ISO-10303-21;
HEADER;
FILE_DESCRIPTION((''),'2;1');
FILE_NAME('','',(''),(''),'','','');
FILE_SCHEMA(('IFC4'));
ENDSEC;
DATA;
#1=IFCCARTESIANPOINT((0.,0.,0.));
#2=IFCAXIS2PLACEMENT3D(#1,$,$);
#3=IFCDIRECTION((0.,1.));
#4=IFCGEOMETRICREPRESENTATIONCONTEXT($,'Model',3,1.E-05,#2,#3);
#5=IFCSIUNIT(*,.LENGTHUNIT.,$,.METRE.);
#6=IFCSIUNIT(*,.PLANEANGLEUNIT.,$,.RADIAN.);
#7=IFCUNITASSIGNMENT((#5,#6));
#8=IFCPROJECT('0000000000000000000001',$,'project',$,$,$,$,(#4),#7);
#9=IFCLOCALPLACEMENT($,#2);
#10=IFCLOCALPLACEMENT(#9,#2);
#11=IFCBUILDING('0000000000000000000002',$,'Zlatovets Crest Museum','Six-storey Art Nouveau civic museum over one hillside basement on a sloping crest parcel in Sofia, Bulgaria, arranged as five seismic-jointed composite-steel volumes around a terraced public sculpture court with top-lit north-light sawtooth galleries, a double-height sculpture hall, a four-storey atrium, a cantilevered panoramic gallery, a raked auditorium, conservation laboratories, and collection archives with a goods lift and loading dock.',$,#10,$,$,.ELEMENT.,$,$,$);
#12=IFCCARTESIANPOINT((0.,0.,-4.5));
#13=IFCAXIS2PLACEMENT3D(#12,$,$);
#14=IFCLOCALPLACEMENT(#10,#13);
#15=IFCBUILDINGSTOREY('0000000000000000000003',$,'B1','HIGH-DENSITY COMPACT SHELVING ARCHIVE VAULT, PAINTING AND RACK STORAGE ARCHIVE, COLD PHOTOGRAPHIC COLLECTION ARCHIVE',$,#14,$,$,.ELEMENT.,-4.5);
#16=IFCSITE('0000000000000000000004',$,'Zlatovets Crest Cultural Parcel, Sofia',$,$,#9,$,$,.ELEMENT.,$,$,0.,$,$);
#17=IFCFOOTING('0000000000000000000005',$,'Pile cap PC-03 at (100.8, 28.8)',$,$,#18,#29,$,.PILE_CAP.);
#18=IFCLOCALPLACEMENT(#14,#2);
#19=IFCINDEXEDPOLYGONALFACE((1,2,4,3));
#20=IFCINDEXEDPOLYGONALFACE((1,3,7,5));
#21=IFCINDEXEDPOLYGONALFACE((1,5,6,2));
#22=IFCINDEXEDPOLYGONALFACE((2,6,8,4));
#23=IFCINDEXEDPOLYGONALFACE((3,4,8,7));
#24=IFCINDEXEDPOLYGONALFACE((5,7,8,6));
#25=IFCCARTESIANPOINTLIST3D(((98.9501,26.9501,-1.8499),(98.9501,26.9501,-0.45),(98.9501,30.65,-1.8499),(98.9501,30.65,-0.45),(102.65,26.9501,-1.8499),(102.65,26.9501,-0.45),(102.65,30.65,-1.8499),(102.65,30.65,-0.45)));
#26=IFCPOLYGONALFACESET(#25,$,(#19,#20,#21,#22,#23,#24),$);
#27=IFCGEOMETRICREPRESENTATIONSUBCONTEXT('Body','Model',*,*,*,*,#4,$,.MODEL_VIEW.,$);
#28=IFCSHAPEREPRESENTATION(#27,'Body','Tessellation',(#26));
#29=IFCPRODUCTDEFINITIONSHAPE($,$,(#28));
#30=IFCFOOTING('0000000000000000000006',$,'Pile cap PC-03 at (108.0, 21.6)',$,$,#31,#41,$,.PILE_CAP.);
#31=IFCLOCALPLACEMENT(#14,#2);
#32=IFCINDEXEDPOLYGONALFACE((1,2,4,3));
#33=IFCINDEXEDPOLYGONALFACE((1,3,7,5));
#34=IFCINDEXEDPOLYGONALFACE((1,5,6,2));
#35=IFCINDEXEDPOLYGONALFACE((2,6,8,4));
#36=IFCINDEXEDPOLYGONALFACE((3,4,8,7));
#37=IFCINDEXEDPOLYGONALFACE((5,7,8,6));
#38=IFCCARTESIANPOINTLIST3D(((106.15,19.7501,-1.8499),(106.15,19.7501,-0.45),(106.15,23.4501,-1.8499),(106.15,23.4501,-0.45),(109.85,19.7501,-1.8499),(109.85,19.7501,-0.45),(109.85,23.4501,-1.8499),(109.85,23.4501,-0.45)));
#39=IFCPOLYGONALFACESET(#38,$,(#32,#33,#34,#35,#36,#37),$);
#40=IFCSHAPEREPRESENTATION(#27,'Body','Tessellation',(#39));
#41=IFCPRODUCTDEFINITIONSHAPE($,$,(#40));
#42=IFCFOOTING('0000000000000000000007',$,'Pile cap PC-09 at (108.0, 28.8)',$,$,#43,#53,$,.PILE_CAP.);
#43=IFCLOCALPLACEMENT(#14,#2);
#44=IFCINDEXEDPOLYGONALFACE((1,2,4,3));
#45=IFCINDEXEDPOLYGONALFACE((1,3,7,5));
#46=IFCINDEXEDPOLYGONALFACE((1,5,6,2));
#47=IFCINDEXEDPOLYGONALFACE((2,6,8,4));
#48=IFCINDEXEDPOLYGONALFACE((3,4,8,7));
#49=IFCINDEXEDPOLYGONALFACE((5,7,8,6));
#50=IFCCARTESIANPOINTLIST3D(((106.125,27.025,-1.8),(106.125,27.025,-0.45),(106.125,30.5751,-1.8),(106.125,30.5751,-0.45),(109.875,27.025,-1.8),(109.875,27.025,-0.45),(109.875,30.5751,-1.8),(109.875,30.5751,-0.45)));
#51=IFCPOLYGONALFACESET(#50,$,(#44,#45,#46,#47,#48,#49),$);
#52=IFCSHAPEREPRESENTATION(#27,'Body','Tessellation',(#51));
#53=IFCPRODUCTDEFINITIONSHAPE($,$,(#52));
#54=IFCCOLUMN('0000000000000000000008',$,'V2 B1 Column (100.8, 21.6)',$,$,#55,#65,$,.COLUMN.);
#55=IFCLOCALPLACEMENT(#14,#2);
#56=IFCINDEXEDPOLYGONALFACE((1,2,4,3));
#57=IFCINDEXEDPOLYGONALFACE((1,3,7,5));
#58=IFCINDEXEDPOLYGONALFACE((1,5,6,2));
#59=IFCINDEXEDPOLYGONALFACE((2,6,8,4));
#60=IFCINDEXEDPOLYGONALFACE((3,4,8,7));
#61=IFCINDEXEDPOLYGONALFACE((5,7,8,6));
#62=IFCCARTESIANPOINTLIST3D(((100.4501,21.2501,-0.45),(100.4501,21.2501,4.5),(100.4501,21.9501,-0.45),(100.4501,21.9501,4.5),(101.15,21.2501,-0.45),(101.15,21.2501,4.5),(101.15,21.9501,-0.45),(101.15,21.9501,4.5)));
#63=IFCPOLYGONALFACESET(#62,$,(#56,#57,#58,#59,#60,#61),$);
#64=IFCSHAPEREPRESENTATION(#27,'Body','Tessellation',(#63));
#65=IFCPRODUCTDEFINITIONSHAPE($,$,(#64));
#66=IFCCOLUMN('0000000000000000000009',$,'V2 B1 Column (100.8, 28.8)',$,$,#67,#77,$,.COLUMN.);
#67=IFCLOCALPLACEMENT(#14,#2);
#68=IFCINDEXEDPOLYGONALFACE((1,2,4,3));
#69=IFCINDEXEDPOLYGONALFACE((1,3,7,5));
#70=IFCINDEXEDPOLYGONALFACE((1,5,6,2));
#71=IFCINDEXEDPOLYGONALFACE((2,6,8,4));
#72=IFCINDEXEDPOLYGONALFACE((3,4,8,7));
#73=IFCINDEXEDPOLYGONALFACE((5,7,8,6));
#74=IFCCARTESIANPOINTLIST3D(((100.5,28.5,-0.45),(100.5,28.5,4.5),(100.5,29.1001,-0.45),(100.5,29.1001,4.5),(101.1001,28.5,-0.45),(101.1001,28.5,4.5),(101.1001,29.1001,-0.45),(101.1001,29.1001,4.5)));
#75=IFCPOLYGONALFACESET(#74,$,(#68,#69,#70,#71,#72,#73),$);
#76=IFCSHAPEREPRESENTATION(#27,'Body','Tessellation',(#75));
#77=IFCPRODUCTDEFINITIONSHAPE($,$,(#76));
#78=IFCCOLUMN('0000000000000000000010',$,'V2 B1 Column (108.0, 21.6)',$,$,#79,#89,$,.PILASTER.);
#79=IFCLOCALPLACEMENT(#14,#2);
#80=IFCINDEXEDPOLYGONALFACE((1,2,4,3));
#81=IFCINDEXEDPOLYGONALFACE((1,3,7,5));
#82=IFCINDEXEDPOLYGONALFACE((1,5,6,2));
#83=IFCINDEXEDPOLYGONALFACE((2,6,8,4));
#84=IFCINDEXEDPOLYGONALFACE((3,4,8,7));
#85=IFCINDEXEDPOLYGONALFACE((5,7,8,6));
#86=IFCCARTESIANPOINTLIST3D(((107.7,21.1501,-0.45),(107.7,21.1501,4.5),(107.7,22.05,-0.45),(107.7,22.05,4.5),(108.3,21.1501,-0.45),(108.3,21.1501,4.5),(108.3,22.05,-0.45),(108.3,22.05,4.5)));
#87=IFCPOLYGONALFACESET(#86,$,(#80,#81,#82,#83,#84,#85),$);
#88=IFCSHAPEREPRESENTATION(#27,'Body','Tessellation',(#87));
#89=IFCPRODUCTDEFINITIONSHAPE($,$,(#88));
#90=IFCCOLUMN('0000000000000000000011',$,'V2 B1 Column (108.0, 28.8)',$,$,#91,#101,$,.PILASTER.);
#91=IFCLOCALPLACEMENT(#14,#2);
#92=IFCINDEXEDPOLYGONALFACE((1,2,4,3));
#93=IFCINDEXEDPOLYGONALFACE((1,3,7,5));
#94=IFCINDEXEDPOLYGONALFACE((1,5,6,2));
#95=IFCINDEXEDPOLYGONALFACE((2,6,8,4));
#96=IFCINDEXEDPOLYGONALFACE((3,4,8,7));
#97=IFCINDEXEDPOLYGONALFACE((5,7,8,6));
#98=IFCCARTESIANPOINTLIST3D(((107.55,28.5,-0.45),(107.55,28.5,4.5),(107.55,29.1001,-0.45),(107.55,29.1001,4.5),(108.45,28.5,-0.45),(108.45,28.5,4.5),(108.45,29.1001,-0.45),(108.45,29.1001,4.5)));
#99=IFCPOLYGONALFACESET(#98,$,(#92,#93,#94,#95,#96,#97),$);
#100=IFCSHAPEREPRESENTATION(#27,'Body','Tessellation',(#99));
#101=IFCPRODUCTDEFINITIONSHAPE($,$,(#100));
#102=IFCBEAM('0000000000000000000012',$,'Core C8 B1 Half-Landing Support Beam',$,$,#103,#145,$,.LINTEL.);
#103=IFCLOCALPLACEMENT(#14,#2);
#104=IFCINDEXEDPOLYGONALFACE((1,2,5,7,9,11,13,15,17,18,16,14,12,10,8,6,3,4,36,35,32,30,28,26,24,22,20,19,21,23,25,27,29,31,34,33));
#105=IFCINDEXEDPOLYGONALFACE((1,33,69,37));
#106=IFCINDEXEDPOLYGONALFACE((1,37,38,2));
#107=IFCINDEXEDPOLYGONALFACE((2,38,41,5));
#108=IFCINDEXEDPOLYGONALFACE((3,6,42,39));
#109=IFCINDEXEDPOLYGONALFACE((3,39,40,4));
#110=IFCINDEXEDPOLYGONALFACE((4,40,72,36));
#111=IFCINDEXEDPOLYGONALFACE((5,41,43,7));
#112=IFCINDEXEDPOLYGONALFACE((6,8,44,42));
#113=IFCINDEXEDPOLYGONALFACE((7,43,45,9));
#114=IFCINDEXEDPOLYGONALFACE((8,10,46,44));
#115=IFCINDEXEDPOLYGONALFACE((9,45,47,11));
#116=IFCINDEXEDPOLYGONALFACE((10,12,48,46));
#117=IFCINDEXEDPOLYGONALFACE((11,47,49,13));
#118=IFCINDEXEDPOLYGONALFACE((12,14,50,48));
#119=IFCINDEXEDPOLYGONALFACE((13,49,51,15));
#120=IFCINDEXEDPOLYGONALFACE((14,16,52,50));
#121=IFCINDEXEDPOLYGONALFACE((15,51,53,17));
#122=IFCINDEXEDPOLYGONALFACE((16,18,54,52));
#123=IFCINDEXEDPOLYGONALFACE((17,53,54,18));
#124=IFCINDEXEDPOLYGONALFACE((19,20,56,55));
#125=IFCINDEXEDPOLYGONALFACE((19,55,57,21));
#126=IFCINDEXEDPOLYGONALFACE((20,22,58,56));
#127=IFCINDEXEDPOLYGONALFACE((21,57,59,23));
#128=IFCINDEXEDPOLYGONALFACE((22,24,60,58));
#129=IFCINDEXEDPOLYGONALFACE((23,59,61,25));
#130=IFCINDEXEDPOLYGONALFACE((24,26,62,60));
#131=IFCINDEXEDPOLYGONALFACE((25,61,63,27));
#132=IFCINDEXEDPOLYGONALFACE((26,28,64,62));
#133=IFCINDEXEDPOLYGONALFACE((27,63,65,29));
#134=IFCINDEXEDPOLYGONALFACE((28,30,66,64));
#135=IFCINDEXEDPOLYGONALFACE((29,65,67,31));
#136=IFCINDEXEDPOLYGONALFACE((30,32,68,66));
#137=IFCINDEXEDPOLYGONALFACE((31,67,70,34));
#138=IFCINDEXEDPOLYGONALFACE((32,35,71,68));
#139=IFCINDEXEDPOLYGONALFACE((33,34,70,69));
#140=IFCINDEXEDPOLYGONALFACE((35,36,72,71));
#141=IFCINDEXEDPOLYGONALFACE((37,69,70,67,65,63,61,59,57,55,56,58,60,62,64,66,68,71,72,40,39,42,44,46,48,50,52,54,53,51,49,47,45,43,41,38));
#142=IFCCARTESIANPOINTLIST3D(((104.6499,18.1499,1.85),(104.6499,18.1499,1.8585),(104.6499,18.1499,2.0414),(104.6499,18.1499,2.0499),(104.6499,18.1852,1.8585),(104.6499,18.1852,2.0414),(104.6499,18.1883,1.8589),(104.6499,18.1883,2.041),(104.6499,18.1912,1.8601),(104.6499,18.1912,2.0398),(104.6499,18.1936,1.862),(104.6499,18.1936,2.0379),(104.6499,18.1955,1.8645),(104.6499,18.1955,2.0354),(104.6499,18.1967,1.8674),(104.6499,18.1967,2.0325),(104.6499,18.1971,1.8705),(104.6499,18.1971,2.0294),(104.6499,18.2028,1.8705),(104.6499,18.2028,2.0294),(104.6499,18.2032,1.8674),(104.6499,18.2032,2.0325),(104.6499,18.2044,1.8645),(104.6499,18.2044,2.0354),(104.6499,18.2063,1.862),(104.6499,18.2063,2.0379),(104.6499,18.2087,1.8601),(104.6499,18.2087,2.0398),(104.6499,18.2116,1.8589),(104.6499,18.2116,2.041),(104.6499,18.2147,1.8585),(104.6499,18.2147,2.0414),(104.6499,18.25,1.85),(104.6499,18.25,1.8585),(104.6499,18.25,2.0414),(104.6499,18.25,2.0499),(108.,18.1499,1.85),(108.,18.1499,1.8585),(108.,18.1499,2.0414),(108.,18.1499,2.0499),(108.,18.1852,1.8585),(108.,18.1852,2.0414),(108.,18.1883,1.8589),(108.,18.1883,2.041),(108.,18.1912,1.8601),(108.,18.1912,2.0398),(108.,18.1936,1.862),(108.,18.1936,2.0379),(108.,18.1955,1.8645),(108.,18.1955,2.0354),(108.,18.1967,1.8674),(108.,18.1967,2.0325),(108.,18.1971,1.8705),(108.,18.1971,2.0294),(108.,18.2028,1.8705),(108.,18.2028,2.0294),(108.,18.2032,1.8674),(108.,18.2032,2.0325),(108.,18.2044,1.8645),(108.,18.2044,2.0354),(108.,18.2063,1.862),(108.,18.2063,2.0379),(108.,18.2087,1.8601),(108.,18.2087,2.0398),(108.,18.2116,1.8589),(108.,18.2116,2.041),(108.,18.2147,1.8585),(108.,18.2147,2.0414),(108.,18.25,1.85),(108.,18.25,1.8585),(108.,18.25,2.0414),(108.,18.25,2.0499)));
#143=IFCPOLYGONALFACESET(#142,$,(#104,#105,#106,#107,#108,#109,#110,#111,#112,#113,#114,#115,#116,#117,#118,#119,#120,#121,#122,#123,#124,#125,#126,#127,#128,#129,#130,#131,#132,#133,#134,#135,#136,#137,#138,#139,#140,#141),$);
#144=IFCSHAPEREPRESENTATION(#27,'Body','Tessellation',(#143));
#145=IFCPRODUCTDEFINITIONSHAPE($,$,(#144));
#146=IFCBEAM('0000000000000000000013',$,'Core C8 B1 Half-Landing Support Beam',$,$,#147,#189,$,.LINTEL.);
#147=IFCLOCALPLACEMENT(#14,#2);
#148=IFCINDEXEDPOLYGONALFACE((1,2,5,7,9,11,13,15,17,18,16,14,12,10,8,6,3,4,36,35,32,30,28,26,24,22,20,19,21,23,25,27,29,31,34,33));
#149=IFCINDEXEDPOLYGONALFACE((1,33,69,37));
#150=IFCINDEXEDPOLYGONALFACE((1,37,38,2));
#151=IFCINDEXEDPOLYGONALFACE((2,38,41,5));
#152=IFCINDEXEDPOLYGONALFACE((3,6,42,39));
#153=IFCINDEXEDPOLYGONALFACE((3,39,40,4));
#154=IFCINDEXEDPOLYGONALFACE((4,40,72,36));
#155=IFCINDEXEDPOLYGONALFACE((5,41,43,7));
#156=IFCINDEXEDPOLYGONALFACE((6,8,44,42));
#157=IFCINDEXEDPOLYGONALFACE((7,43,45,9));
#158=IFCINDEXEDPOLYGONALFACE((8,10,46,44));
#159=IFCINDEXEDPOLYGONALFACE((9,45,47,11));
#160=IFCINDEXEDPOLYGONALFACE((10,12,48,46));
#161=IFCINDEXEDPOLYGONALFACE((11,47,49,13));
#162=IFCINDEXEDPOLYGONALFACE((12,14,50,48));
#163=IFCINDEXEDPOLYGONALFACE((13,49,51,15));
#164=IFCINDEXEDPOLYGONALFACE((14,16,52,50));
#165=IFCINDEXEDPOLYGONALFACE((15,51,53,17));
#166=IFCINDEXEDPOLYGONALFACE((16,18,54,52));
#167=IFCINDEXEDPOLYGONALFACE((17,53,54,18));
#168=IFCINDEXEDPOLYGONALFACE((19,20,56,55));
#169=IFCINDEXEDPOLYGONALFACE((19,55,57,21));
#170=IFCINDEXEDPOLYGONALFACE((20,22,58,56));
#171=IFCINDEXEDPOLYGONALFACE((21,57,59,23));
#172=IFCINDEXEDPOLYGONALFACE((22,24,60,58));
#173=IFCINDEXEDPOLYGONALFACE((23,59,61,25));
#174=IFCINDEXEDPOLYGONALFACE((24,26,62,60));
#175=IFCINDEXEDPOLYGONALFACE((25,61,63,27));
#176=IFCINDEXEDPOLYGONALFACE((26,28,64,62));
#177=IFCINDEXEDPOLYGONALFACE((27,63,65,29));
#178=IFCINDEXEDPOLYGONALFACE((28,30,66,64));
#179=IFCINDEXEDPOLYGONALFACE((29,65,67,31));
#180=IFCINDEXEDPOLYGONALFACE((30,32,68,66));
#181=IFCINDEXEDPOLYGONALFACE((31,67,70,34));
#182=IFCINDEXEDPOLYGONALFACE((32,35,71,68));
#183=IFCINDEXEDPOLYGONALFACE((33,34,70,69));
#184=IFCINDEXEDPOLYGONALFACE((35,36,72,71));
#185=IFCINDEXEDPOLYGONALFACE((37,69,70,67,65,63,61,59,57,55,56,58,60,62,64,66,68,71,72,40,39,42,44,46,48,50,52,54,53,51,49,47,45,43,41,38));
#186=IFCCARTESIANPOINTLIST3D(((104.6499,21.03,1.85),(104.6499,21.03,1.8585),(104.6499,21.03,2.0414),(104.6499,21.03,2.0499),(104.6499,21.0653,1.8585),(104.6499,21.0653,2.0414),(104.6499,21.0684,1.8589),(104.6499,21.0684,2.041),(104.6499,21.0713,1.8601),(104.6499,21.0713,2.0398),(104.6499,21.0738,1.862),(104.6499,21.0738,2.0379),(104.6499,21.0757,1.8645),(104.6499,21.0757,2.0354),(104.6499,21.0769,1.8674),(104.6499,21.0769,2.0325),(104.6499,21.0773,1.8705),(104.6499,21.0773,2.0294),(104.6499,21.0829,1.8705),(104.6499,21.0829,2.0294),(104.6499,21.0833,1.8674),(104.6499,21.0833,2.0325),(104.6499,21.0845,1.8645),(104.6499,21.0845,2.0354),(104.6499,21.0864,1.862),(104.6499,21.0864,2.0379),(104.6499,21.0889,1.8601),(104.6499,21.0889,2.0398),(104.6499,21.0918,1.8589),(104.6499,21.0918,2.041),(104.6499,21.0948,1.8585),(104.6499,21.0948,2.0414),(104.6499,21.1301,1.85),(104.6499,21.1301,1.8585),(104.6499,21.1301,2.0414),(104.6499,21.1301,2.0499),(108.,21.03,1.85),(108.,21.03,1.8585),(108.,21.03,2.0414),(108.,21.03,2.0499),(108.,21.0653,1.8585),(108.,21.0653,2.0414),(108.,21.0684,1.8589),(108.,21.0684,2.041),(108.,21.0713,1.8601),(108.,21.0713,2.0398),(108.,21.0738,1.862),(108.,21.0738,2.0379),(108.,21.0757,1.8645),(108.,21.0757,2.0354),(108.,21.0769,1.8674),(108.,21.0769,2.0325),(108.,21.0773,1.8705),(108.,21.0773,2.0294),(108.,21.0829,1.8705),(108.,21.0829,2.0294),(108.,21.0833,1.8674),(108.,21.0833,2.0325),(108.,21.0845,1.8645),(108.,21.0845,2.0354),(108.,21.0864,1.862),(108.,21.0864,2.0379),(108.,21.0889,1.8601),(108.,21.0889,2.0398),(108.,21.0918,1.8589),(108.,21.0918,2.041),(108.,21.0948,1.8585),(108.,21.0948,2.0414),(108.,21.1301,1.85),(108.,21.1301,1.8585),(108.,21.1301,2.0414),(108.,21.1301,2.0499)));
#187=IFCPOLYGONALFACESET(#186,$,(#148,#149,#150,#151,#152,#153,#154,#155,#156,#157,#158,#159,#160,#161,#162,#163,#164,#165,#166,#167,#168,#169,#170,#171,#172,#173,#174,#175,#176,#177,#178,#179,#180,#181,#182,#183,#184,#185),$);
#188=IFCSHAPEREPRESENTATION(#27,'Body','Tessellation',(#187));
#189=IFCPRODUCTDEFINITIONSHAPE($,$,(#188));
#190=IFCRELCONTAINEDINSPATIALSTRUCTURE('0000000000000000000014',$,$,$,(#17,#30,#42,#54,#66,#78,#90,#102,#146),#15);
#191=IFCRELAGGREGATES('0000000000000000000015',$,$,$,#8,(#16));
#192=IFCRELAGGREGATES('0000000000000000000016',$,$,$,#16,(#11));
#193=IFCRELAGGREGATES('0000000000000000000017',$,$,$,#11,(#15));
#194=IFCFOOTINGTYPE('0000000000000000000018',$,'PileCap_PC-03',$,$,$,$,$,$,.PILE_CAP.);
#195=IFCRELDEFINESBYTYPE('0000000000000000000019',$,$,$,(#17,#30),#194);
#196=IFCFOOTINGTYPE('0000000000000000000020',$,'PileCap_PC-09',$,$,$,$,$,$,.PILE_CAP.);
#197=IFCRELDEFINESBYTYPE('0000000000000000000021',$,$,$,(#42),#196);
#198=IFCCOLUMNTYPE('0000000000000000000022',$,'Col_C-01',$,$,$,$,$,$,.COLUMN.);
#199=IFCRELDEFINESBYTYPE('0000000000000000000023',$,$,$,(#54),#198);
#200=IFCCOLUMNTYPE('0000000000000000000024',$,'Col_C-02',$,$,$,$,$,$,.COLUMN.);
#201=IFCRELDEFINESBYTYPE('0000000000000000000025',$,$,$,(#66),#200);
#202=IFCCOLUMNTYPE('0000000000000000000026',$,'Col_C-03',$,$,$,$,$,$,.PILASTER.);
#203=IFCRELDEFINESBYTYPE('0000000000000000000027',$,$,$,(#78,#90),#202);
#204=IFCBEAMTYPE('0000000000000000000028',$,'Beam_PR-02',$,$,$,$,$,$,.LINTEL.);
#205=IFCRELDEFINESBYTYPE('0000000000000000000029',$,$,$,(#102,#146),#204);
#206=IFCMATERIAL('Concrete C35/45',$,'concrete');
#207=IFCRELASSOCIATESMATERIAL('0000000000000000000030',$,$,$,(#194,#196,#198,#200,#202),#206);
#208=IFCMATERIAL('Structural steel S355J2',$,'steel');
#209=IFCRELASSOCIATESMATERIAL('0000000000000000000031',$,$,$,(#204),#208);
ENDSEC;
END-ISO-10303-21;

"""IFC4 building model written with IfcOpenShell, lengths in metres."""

from ifc_helpers import new_model, si_unit, direction, frame, origin, origin_2d, place, context, subcontext, project, spatial, rectangle, i_section, extrude, material, material_profile, profile_set, type_object, element, save


model = new_model("IFC4")

# Units and contexts
model_context = context("Model", 3, precision=1e-05, world=origin(), true_north=direction((0.0, 1.0)))
body_context = subcontext(model_context, "Body", "Model", "MODEL_VIEW")
ifc_project = project(units=[si_unit("LENGTHUNIT", "METRE"), si_unit("PLANEANGLEUNIT", "RADIAN")], contexts=[model_context])

# Site, building, storey
site_placement = place(None, origin())
site = spatial("IfcSite", under=ifc_project, at=site_placement, Name="Zlatovets Crest Cultural Parcel, Sofia", CompositionType="ELEMENT", RefElevation=0.0)
building_placement = place(site_placement, origin())
building = spatial("IfcBuilding", under=site, at=building_placement, Name="Zlatovets Crest Museum", Description="Six-storey Art Nouveau civic museum over one hillside basement on a sloping crest parcel in Sofia, Bulgaria, arranged as five seismic-jointed composite-steel volumes around a terraced public sculpture court with top-lit north-light sawtooth galleries, a double-height sculpture hall, a four-storey atrium, a cantilevered panoramic gallery, a raked auditorium, conservation laboratories, and collection archives with a goods lift and loading dock.", CompositionType="ELEMENT")
storey_placement = place(building_placement, frame((0.0, 0.0, -4.5)))
storey = spatial("IfcBuildingStorey", under=building, at=storey_placement, Name="B1", Description="HIGH-DENSITY COMPACT SHELVING ARCHIVE VAULT, PAINTING AND RACK STORAGE ARCHIVE, COLD PHOTOGRAPHIC COLLECTION ARCHIVE", CompositionType="ELEMENT", Elevation=-4.5)

# Shared definitions
ifc_material_1 = material(Name="Concrete C35/45", Category="concrete")

# Footings
footing_type_1 = type_object("IfcFootingType", Name="PileCap_PC-03", PredefinedType="PILE_CAP", material=ifc_material_1)
for number, where, z_axis, x_axis, name in (
    (1, (100.8, 28.8, -1.8499), (0.0, 0.0, 1.0), (1.0, 0.0, 0.0), "Pile cap PC-03 at (100.8, 28.8)"),
    (2, (108.0, 21.6001, -1.8499), (0.0, 0.0, 1.0), (1.0, 0.0, 0.0), "Pile cap PC-03 at (108.0, 21.6)"),
):
    element("IfcFooting", number, at=place(storey_placement, frame(where, z_axis=z_axis, x_axis=x_axis)), inside=storey, type_object=footing_type_1, Name=name, PredefinedType="PILE_CAP", context=body_context, shape_type="SweptSolid", body=[
        extrude(rectangle(XDim=3.7, YDim=3.7, at=origin_2d()), origin(), (0.0, 0.0, 1.0), 1.3999),
    ])
footing_type_2 = type_object("IfcFootingType", Name="PileCap_PC-09", PredefinedType="PILE_CAP", material=ifc_material_1)
footing_1_placement = place(storey_placement, frame((108.0, 28.8, -1.8), z_axis=(0.0, 0.0, 1.0), x_axis=(1.0, 0.0, 0.0)))
element("IfcFooting", 3, at=footing_1_placement, inside=storey, type_object=footing_type_2, Name="Pile cap PC-09 at (108.0, 28.8)", PredefinedType="PILE_CAP", context=body_context, shape_type="SweptSolid", body=[
    extrude(rectangle(XDim=3.75, YDim=3.55, at=origin_2d()), origin(), (0.0, 0.0, 1.0), 1.3501),
])

# Columns
ifc_material_profile_1 = material_profile(ifc_material_1, rectangle(XDim=0.7, YDim=0.7, at=origin_2d()), Name="RC 700x700")
ifc_profile_set_1 = profile_set([ifc_material_profile_1], Name="Concrete C35/45")
column_type_1 = type_object("IfcColumnType", Name="Col_C-01", PredefinedType="COLUMN", material=ifc_profile_set_1)
column_1_placement = place(storey_placement, frame((100.8, 21.6001, -0.45), z_axis=(0.0, 0.0, 1.0), x_axis=(0.0, 1.0, 0.0)))
element("IfcColumn", 4, at=column_1_placement, inside=storey, type_object=column_type_1, Name="V2 B1 Column (100.8, 21.6)", PredefinedType="COLUMN", context=body_context, shape_type="SweptSolid", body=[
    extrude(rectangle(XDim=0.7, YDim=0.7, at=origin_2d()), origin(), (0.0, 0.0, 1.0), 4.95),
])
ifc_material_profile_2 = material_profile(ifc_material_1, rectangle(XDim=0.6001, YDim=0.6001, at=origin_2d()), Name="RC 600x600")
ifc_profile_set_2 = profile_set([ifc_material_profile_2], Name="Concrete C35/45")
column_type_2 = type_object("IfcColumnType", Name="Col_C-02", PredefinedType="COLUMN", material=ifc_profile_set_2)
column_2_placement = place(storey_placement, frame((100.8, 28.8, -0.45), z_axis=(0.0, 0.0, 1.0), x_axis=(1.0, 0.0, 0.0)))
element("IfcColumn", 5, at=column_2_placement, inside=storey, type_object=column_type_2, Name="V2 B1 Column (100.8, 28.8)", PredefinedType="COLUMN", context=body_context, shape_type="SweptSolid", body=[
    extrude(rectangle(XDim=0.6001, YDim=0.6001, at=origin_2d()), origin(), (0.0, 0.0, 1.0), 4.95),
])
ifc_material_profile_3 = material_profile(ifc_material_1, rectangle(XDim=0.6001, YDim=0.8999, at=origin_2d()), Name="RC 600x900")
ifc_profile_set_3 = profile_set([ifc_material_profile_3], Name="Concrete C35/45")
column_type_3 = type_object("IfcColumnType", Name="Col_C-03", PredefinedType="PILASTER", material=ifc_profile_set_3)
for number, where, z_axis, x_axis, name in (
    (6, (108.0, 21.6001, -0.45), (0.0, 0.0, 1.0), (1.0, 0.0, 0.0), "V2 B1 Column (108.0, 21.6)"),
    (7, (108.0, 28.8, -0.45), (0.0, 0.0, 1.0), (0.0, 1.0, 0.0), "V2 B1 Column (108.0, 28.8)"),
):
    element("IfcColumn", number, at=place(storey_placement, frame(where, z_axis=z_axis, x_axis=x_axis)), inside=storey, type_object=column_type_3, Name=name, PredefinedType="PILASTER", context=body_context, shape_type="SweptSolid", body=[
        extrude(rectangle(XDim=0.6001, YDim=0.8999, at=origin_2d()), origin(), (0.0, 0.0, 1.0), 4.95),
    ])

# Beams
ifc_material_2 = material(Name="Structural steel S355J2", Category="steel")
ifc_material_profile_4 = material_profile(ifc_material_2, i_section(OverallWidth=0.1001, OverallDepth=0.2, WebThickness=0.0056, FlangeThickness=0.0085, FilletRadius=0.012, at=origin_2d()), Name="IPE 200")
ifc_profile_set_4 = profile_set([ifc_material_profile_4], Name="Structural steel S355J2")
beam_type = type_object("IfcBeamType", Name="Beam_PR-02", PredefinedType="LINTEL", material=ifc_profile_set_4)
for number, where, z_axis, x_axis, name in (
    (8, (104.6499, 18.2, 1.95), (1.0, 0.0, 0.0), (0.0, 1.0, 0.0), "Core C8 B1 Half-Landing Support Beam"),
    (9, (104.6499, 21.0801, 1.95), (1.0, 0.0, 0.0), (0.0, 1.0, 0.0), "Core C8 B1 Half-Landing Support Beam"),
):
    element("IfcBeam", number, at=place(storey_placement, frame(where, z_axis=z_axis, x_axis=x_axis)), inside=storey, type_object=beam_type, Name=name, PredefinedType="LINTEL", context=body_context, shape_type="SweptSolid", body=[
        extrude(i_section(OverallWidth=0.1001, OverallDepth=0.2, WebThickness=0.0056, FlangeThickness=0.0085, FilletRadius=0.012, at=origin_2d()), origin(), (0.0, 0.0, 1.0), 3.3501),
    ])

save(model, "model.ifc")
